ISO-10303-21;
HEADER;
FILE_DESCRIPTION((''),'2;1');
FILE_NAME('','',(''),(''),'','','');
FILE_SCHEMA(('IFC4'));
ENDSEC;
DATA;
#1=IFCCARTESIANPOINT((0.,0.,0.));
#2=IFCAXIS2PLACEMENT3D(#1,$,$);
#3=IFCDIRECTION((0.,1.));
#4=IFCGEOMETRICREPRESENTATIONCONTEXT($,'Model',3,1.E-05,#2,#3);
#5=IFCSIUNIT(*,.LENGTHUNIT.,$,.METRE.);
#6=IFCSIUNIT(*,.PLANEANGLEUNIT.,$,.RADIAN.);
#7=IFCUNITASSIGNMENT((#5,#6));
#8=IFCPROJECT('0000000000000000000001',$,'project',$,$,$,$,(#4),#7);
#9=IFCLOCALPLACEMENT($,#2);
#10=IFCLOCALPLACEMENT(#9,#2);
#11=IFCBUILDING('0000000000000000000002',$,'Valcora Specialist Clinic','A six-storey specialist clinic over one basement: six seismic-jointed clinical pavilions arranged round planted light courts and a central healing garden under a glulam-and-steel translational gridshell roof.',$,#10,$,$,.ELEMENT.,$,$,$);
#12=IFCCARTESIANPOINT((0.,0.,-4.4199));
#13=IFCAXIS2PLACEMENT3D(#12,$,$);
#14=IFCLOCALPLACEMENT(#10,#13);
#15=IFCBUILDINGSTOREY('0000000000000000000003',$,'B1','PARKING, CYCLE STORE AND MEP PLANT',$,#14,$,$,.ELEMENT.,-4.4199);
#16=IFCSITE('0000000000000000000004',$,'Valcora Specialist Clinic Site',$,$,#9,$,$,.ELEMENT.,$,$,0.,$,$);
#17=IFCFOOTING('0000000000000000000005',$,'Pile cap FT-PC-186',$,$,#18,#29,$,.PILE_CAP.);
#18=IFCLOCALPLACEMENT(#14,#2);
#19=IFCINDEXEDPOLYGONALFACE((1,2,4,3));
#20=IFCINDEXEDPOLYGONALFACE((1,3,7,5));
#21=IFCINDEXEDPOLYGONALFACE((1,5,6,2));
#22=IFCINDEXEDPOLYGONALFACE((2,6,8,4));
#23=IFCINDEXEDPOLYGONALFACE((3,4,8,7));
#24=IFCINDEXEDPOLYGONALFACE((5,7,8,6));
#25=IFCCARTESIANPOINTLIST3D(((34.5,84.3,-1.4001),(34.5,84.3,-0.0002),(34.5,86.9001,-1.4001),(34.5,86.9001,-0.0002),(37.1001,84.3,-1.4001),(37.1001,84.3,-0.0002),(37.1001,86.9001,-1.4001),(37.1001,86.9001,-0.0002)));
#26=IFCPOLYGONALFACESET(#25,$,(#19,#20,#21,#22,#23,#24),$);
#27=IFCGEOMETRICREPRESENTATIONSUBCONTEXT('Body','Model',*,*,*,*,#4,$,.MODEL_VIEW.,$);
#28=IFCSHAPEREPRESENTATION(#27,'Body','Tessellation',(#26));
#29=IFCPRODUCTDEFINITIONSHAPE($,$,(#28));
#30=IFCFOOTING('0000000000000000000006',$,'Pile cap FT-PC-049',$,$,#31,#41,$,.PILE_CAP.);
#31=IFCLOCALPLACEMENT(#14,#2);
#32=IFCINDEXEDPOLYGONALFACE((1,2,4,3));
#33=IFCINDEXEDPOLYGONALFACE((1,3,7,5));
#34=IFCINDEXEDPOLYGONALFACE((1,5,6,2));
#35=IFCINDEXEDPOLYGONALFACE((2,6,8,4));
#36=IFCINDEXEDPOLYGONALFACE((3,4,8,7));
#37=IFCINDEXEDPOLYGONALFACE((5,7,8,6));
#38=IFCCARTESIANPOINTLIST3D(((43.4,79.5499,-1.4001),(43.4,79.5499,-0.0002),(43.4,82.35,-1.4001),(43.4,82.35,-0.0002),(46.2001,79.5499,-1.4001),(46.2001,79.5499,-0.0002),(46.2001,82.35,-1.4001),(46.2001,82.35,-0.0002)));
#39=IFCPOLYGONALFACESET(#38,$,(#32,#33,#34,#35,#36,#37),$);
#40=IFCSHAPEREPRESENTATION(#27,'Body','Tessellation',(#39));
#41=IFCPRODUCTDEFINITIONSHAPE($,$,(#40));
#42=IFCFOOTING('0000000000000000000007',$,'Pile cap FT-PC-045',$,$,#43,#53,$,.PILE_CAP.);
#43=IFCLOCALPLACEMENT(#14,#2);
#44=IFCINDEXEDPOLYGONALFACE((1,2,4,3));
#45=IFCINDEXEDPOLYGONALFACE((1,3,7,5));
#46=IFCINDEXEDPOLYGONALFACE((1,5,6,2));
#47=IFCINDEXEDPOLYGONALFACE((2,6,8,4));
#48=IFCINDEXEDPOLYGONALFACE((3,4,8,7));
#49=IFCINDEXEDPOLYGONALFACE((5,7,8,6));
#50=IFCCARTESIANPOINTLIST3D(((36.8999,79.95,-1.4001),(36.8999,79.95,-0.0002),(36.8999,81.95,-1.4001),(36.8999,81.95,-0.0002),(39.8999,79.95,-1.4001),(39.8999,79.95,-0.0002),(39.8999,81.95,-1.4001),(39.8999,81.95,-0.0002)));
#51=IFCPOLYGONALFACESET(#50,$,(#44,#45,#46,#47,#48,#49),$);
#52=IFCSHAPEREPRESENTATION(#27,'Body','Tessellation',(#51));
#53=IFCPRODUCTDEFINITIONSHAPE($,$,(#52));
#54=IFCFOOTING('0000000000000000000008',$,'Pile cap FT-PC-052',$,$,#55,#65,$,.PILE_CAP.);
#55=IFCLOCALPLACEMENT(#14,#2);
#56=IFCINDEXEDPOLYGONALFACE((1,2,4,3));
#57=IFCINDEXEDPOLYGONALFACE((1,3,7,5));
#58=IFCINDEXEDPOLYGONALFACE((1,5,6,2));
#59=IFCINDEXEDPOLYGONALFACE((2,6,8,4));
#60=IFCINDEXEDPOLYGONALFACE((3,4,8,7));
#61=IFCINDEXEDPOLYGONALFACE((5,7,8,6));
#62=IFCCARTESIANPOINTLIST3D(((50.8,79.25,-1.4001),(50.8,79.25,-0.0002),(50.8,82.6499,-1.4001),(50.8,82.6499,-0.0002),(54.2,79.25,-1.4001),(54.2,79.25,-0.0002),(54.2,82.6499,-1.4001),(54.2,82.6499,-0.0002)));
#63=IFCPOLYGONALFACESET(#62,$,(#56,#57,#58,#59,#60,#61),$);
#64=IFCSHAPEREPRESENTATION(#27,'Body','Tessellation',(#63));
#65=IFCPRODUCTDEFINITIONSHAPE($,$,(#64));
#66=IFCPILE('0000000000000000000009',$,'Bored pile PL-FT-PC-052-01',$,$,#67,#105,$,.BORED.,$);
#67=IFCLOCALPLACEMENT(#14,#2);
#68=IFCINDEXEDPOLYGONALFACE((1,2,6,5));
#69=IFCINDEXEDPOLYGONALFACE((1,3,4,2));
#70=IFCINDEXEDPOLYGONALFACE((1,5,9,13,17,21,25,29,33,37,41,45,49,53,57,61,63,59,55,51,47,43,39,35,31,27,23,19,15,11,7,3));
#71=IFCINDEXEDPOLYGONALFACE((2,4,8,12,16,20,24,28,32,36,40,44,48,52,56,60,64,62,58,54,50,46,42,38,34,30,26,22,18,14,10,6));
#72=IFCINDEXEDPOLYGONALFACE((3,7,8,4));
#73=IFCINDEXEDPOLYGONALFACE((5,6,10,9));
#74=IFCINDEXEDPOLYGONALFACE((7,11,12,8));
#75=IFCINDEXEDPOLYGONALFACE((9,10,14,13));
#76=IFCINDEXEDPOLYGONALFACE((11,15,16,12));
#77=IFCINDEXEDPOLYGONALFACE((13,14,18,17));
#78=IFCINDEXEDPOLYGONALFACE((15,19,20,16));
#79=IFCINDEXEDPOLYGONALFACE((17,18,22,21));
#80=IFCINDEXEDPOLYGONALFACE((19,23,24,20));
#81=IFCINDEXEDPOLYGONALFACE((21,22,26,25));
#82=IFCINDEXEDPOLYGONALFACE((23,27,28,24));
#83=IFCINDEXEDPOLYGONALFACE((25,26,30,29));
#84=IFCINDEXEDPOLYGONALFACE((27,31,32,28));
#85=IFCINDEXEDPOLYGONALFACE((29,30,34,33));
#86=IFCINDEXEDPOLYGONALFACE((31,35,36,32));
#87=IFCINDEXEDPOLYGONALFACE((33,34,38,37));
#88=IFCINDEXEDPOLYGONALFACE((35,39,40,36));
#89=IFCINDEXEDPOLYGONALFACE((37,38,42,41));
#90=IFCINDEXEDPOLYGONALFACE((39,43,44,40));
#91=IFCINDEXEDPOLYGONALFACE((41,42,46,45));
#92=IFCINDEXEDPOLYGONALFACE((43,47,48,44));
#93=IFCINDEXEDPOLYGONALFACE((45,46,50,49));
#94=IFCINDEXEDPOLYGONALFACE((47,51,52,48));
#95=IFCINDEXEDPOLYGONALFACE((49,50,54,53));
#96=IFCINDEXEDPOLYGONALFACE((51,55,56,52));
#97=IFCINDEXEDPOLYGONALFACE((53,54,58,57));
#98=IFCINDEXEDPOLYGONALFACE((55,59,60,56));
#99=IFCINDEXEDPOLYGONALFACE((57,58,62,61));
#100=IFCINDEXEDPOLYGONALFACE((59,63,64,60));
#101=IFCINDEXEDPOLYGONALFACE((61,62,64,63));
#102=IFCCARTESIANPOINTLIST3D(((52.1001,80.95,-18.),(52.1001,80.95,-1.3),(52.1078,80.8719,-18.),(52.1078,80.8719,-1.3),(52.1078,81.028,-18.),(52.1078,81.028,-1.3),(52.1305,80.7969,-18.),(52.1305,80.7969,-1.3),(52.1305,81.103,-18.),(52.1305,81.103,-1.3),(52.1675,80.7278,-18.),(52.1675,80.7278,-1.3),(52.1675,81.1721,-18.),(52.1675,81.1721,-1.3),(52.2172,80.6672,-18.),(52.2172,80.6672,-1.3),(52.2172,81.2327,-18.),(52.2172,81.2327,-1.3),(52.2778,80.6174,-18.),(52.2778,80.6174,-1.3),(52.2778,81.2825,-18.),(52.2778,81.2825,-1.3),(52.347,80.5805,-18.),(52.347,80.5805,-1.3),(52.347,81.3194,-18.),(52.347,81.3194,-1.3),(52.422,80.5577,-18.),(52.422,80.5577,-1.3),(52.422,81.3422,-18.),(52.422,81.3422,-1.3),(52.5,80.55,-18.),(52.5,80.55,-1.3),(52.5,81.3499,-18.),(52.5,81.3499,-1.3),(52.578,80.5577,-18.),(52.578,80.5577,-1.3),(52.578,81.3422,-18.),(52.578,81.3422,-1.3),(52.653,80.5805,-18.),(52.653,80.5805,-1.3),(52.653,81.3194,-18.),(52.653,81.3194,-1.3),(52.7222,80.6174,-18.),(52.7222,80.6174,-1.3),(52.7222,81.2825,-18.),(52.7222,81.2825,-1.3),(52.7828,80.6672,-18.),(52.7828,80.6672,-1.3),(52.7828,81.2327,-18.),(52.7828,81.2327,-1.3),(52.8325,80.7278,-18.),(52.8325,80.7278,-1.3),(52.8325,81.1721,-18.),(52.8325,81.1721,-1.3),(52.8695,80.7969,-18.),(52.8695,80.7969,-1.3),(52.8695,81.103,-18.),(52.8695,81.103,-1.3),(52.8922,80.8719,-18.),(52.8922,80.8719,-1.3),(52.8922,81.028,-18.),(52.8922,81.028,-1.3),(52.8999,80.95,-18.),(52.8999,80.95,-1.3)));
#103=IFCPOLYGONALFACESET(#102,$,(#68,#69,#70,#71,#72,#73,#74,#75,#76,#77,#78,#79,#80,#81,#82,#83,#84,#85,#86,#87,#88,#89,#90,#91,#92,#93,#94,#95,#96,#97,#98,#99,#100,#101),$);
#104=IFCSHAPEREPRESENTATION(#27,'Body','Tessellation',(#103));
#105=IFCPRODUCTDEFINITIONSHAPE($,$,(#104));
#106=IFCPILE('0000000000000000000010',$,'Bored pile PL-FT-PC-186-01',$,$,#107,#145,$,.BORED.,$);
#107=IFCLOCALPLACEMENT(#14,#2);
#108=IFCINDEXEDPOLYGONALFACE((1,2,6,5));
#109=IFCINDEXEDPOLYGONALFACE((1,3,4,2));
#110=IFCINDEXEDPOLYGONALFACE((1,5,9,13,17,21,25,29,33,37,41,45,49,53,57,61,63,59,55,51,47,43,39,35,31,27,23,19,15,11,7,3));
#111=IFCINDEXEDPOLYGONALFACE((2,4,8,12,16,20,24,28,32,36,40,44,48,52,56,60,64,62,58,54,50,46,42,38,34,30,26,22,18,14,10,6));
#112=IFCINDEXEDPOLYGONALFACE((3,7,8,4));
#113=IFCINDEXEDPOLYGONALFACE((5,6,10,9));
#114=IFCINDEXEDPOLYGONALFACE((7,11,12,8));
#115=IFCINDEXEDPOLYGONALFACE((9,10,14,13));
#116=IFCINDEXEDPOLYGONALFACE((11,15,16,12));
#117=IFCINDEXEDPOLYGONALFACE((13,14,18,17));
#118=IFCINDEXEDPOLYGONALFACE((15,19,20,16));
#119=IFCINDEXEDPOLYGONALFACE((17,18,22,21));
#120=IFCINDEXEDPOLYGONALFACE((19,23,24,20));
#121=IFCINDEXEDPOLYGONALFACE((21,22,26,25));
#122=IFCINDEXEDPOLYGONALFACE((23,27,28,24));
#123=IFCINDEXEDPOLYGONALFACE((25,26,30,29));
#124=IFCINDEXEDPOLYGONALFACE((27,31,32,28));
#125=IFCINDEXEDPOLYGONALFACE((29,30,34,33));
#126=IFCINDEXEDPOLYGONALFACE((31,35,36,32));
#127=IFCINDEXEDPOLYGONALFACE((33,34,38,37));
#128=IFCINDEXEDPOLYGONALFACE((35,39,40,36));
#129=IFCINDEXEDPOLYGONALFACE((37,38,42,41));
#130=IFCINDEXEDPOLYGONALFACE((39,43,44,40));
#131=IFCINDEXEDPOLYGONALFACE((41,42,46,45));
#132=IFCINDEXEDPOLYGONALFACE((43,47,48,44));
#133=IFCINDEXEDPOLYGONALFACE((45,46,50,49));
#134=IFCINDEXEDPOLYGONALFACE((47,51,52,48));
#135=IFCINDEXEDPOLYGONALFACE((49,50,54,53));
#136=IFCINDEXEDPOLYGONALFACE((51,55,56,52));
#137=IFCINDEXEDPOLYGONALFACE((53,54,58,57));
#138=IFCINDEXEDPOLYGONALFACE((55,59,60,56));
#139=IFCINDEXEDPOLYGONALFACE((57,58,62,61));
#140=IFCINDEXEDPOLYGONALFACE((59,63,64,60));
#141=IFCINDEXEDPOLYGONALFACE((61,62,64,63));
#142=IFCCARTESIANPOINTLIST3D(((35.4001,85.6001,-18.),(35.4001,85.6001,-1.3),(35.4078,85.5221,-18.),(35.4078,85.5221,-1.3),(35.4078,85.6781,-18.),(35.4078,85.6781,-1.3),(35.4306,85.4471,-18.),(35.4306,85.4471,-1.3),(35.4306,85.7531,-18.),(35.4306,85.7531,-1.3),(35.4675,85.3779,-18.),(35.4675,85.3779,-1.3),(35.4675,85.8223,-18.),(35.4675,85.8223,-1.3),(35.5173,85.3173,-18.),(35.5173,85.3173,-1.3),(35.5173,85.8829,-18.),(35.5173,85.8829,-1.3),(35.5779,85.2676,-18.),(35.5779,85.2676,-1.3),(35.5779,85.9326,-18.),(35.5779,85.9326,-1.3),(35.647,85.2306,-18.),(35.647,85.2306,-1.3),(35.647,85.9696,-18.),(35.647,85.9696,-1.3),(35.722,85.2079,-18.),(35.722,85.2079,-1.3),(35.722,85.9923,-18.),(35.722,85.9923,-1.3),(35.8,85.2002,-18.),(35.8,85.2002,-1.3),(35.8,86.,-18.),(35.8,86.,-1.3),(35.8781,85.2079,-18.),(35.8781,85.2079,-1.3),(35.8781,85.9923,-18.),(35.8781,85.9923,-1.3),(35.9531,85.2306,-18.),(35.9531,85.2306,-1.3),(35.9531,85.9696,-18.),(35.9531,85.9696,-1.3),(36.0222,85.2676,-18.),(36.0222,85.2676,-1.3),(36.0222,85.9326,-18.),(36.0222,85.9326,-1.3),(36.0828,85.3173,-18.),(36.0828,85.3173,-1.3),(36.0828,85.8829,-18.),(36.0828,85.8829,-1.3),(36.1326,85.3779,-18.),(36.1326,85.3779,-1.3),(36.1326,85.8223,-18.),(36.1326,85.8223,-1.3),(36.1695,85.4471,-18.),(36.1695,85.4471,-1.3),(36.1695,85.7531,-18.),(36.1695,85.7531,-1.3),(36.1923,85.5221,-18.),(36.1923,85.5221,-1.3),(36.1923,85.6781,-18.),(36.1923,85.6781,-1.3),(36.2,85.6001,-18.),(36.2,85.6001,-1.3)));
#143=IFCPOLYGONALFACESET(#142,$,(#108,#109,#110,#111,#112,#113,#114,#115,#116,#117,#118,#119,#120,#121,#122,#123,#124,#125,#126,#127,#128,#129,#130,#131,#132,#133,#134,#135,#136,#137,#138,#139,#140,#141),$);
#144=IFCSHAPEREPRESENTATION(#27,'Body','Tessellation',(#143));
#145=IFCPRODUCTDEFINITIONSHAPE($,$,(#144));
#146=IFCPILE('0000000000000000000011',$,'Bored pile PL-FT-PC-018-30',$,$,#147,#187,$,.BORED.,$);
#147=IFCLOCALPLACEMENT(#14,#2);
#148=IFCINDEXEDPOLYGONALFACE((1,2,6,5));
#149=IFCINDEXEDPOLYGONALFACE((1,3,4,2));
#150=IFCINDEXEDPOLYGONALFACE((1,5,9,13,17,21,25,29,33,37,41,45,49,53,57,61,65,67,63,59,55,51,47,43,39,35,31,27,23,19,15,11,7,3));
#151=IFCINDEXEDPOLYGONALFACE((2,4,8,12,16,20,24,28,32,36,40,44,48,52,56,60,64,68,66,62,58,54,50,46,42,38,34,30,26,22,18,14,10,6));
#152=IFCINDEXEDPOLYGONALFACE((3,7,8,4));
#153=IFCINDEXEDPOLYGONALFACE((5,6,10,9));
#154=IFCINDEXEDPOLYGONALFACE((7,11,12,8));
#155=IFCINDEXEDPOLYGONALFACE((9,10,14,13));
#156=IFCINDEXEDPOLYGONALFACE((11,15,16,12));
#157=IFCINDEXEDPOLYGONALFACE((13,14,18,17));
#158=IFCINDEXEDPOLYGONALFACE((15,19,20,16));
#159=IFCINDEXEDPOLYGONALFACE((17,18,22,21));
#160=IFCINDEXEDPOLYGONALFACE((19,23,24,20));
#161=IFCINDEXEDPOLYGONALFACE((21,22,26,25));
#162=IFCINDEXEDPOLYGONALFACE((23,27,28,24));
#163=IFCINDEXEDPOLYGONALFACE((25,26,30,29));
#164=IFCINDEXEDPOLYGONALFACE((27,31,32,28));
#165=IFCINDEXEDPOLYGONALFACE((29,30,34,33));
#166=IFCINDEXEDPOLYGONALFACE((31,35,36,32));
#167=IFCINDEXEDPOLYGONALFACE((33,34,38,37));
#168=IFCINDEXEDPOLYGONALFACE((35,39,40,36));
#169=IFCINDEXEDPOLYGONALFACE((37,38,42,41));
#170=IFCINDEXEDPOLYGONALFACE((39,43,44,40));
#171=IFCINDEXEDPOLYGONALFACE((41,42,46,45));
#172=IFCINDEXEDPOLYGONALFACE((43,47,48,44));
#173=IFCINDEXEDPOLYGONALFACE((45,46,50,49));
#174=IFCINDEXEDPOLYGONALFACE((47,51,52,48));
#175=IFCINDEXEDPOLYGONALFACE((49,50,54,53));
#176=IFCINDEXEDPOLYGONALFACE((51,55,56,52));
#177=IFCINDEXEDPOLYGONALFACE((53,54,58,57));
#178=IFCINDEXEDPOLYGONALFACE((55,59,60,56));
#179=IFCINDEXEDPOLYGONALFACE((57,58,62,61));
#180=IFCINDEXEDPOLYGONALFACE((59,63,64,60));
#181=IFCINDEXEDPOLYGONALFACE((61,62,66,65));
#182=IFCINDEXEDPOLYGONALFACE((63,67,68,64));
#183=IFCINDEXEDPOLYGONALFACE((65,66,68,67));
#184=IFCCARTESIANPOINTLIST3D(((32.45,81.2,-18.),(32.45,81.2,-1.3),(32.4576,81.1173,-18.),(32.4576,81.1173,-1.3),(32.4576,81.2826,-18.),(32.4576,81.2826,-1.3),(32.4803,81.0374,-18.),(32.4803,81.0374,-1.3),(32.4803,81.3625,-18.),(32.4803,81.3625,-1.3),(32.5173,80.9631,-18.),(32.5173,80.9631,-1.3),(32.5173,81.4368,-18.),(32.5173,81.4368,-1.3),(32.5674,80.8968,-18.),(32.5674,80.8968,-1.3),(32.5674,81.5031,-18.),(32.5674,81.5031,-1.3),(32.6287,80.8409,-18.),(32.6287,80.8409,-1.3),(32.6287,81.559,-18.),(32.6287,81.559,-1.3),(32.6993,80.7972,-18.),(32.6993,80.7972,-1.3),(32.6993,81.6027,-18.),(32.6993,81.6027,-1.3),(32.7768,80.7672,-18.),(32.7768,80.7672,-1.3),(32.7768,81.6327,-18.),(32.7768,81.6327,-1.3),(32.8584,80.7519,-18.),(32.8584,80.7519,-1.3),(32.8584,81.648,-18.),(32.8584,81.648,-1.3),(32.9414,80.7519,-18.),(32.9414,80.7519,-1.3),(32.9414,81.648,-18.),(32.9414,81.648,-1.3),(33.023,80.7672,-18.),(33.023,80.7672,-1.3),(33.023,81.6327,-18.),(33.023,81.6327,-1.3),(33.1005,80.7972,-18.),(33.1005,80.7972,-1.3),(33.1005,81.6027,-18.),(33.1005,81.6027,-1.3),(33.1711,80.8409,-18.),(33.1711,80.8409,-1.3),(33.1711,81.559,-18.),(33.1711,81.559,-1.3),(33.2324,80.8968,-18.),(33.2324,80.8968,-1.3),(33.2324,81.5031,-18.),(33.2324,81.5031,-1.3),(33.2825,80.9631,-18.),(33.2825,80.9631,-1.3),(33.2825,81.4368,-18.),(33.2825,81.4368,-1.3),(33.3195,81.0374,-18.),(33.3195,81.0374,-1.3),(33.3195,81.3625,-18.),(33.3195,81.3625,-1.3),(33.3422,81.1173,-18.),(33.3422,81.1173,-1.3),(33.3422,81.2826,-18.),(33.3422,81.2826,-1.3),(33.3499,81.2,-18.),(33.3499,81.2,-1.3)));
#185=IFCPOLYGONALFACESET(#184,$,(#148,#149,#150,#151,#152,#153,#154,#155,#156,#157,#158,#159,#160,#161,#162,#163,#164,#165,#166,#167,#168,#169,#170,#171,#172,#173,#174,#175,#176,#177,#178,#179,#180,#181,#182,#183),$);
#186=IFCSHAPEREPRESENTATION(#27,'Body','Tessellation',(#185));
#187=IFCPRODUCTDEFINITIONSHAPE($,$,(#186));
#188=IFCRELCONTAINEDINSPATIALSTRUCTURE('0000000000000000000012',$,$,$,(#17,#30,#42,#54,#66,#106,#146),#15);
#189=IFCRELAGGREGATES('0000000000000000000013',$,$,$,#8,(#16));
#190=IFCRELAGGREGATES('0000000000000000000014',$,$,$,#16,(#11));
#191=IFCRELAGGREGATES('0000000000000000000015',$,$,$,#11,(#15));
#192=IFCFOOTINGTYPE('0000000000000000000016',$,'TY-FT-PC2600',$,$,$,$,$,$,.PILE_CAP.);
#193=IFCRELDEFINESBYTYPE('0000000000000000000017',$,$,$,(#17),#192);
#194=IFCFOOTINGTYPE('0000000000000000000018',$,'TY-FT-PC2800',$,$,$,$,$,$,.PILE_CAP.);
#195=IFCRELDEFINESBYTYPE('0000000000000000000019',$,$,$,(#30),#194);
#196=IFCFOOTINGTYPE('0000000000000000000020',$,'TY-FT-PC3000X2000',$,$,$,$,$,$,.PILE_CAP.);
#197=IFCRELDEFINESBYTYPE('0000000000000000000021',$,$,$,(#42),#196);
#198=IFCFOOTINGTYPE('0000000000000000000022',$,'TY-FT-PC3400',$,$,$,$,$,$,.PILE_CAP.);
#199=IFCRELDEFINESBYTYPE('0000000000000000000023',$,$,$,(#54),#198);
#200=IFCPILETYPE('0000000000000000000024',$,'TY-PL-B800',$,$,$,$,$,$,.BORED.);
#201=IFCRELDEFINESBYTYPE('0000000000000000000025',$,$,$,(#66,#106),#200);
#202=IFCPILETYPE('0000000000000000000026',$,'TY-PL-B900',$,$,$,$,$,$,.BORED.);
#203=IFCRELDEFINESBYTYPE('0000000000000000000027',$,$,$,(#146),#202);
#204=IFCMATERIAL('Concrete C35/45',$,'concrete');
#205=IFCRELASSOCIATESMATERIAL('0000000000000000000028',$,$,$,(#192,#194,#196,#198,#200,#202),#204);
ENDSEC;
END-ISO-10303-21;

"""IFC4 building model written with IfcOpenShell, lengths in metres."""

from ifc_helpers import new_model, si_unit, direction, frame, origin, origin_2d, place, context, subcontext, project, spatial, rectangle, circle, extrude, material, material_profile, profile_set, type_object, element, save


model = new_model("IFC4")

# Units and contexts
model_context = context("Model", 3, precision=1e-05, world=origin(), true_north=direction((0.0, 1.0)))
body_context = subcontext(model_context, "Body", "Model", "MODEL_VIEW")
ifc_project = project(units=[si_unit("LENGTHUNIT", "METRE"), si_unit("PLANEANGLEUNIT", "RADIAN")], contexts=[model_context])

# Site, building, storey
site_placement = place(None, origin())
site = spatial("IfcSite", under=ifc_project, at=site_placement, Name="Valcora Specialist Clinic Site", CompositionType="ELEMENT", RefElevation=0.0)
building_placement = place(site_placement, origin())
building = spatial("IfcBuilding", under=site, at=building_placement, Name="Valcora Specialist Clinic", Description="A six-storey specialist clinic over one basement: six seismic-jointed clinical pavilions arranged round planted light courts and a central healing garden under a glulam-and-steel translational gridshell roof.", CompositionType="ELEMENT")
storey_placement = place(building_placement, frame((0.0, 0.0, -4.4199)))
storey = spatial("IfcBuildingStorey", under=building, at=storey_placement, Name="B1", Description="PARKING, CYCLE STORE AND MEP PLANT", CompositionType="ELEMENT", Elevation=-4.4199)

# Footings
ifc_material_1 = material(Name="Concrete C35/45", Category="concrete")
footing_type_1 = type_object("IfcFootingType", Name="TY-FT-PC2600", PredefinedType="PILE_CAP", material=ifc_material_1)
footing_1_placement = place(storey_placement, frame((35.8, 85.6001, -1.4001), z_axis=(0.0, 0.0, 1.0), x_axis=(1.0, 0.0, 0.0)))
element("IfcFooting", 1, at=footing_1_placement, inside=storey, type_object=footing_type_1, Name="Pile cap FT-PC-186", PredefinedType="PILE_CAP", context=body_context, shape_type="SweptSolid", body=[
    extrude(rectangle(XDim=2.6001, YDim=2.6001, at=origin_2d()), origin(), (0.0, 0.0, 1.0), 1.3999),
])
footing_type_2 = type_object("IfcFootingType", Name="TY-FT-PC2800", PredefinedType="PILE_CAP", material=ifc_material_1)
footing_2_placement = place(storey_placement, frame((44.8, 80.95, -1.4001), z_axis=(0.0, 0.0, 1.0), x_axis=(1.0, 0.0, 0.0)))
element("IfcFooting", 2, at=footing_2_placement, inside=storey, type_object=footing_type_2, Name="Pile cap FT-PC-049", PredefinedType="PILE_CAP", context=body_context, shape_type="SweptSolid", body=[
    extrude(rectangle(XDim=2.8, YDim=2.8, at=origin_2d()), origin(), (0.0, 0.0, 1.0), 1.3999),
])
footing_type_3 = type_object("IfcFootingType", Name="TY-FT-PC3000X2000", PredefinedType="PILE_CAP", material=ifc_material_1)
footing_3_placement = place(storey_placement, frame((38.3999, 80.95, -1.4001), z_axis=(0.0, 0.0, 1.0), x_axis=(1.0, 0.0, 0.0)))
element("IfcFooting", 3, at=footing_3_placement, inside=storey, type_object=footing_type_3, Name="Pile cap FT-PC-045", PredefinedType="PILE_CAP", context=body_context, shape_type="SweptSolid", body=[
    extrude(rectangle(XDim=3.0, YDim=2.0, at=origin_2d()), origin(), (0.0, 0.0, 1.0), 1.3999),
])
footing_type_4 = type_object("IfcFootingType", Name="TY-FT-PC3400", PredefinedType="PILE_CAP", material=ifc_material_1)
footing_4_placement = place(storey_placement, frame((52.5, 80.95, -1.4001), z_axis=(0.0, 0.0, 1.0), x_axis=(1.0, 0.0, 0.0)))
element("IfcFooting", 4, at=footing_4_placement, inside=storey, type_object=footing_type_4, Name="Pile cap FT-PC-052", PredefinedType="PILE_CAP", context=body_context, shape_type="SweptSolid", body=[
    extrude(rectangle(XDim=3.3999, YDim=3.3999, at=origin_2d()), origin(), (0.0, 0.0, 1.0), 1.3999),
])

# Piles
ifc_material_profile_1 = material_profile(ifc_material_1, circle(Radius=0.3999, at=origin_2d()), Name="RC-PIL-D800")
ifc_profile_set_1 = profile_set([ifc_material_profile_1], Name="Concrete C35/45")
pile_type_1 = type_object("IfcPileType", Name="TY-PL-B800", PredefinedType="BORED", material=ifc_profile_set_1)
for number, where, z_axis, x_axis, name in (
    (5, (52.5, 80.95, -1.3), (0.0, 0.0, -1.0), (1.0, 0.0, 0.0), "Bored pile PL-FT-PC-052-01"),
    (6, (35.8, 85.6001, -1.3), (0.0, 0.0, -1.0), (1.0, 0.0, 0.0), "Bored pile PL-FT-PC-186-01"),
):
    element("IfcPile", number, at=place(storey_placement, frame(where, z_axis=z_axis, x_axis=x_axis)), inside=storey, type_object=pile_type_1, Name=name, PredefinedType="BORED", context=body_context, shape_type="SweptSolid", body=[
        extrude(circle(Radius=0.3999, at=origin_2d()), origin(), (0.0, 0.0, 1.0), 16.7),
    ])
ifc_material_profile_2 = material_profile(ifc_material_1, circle(Radius=0.45, at=origin_2d()), Name="RC-PIL-D900")
ifc_profile_set_2 = profile_set([ifc_material_profile_2], Name="Concrete C35/45")
pile_type_2 = type_object("IfcPileType", Name="TY-PL-B900", PredefinedType="BORED", material=ifc_profile_set_2)
for number, where, z_axis, x_axis, name in (
    (7, (32.8999, 81.2, -1.3), (0.0, 0.0, -1.0), (1.0, 0.0, 0.0), "Bored pile PL-FT-PC-018-30"),
):
    element("IfcPile", number, at=place(storey_placement, frame(where, z_axis=z_axis, x_axis=x_axis)), inside=storey, type_object=pile_type_2, Name=name, PredefinedType="BORED", context=body_context, shape_type="SweptSolid", body=[
        extrude(circle(Radius=0.45, at=origin_2d()), origin(), (0.0, 0.0, 1.0), 16.7),
    ])

save(model, "model.ifc")
